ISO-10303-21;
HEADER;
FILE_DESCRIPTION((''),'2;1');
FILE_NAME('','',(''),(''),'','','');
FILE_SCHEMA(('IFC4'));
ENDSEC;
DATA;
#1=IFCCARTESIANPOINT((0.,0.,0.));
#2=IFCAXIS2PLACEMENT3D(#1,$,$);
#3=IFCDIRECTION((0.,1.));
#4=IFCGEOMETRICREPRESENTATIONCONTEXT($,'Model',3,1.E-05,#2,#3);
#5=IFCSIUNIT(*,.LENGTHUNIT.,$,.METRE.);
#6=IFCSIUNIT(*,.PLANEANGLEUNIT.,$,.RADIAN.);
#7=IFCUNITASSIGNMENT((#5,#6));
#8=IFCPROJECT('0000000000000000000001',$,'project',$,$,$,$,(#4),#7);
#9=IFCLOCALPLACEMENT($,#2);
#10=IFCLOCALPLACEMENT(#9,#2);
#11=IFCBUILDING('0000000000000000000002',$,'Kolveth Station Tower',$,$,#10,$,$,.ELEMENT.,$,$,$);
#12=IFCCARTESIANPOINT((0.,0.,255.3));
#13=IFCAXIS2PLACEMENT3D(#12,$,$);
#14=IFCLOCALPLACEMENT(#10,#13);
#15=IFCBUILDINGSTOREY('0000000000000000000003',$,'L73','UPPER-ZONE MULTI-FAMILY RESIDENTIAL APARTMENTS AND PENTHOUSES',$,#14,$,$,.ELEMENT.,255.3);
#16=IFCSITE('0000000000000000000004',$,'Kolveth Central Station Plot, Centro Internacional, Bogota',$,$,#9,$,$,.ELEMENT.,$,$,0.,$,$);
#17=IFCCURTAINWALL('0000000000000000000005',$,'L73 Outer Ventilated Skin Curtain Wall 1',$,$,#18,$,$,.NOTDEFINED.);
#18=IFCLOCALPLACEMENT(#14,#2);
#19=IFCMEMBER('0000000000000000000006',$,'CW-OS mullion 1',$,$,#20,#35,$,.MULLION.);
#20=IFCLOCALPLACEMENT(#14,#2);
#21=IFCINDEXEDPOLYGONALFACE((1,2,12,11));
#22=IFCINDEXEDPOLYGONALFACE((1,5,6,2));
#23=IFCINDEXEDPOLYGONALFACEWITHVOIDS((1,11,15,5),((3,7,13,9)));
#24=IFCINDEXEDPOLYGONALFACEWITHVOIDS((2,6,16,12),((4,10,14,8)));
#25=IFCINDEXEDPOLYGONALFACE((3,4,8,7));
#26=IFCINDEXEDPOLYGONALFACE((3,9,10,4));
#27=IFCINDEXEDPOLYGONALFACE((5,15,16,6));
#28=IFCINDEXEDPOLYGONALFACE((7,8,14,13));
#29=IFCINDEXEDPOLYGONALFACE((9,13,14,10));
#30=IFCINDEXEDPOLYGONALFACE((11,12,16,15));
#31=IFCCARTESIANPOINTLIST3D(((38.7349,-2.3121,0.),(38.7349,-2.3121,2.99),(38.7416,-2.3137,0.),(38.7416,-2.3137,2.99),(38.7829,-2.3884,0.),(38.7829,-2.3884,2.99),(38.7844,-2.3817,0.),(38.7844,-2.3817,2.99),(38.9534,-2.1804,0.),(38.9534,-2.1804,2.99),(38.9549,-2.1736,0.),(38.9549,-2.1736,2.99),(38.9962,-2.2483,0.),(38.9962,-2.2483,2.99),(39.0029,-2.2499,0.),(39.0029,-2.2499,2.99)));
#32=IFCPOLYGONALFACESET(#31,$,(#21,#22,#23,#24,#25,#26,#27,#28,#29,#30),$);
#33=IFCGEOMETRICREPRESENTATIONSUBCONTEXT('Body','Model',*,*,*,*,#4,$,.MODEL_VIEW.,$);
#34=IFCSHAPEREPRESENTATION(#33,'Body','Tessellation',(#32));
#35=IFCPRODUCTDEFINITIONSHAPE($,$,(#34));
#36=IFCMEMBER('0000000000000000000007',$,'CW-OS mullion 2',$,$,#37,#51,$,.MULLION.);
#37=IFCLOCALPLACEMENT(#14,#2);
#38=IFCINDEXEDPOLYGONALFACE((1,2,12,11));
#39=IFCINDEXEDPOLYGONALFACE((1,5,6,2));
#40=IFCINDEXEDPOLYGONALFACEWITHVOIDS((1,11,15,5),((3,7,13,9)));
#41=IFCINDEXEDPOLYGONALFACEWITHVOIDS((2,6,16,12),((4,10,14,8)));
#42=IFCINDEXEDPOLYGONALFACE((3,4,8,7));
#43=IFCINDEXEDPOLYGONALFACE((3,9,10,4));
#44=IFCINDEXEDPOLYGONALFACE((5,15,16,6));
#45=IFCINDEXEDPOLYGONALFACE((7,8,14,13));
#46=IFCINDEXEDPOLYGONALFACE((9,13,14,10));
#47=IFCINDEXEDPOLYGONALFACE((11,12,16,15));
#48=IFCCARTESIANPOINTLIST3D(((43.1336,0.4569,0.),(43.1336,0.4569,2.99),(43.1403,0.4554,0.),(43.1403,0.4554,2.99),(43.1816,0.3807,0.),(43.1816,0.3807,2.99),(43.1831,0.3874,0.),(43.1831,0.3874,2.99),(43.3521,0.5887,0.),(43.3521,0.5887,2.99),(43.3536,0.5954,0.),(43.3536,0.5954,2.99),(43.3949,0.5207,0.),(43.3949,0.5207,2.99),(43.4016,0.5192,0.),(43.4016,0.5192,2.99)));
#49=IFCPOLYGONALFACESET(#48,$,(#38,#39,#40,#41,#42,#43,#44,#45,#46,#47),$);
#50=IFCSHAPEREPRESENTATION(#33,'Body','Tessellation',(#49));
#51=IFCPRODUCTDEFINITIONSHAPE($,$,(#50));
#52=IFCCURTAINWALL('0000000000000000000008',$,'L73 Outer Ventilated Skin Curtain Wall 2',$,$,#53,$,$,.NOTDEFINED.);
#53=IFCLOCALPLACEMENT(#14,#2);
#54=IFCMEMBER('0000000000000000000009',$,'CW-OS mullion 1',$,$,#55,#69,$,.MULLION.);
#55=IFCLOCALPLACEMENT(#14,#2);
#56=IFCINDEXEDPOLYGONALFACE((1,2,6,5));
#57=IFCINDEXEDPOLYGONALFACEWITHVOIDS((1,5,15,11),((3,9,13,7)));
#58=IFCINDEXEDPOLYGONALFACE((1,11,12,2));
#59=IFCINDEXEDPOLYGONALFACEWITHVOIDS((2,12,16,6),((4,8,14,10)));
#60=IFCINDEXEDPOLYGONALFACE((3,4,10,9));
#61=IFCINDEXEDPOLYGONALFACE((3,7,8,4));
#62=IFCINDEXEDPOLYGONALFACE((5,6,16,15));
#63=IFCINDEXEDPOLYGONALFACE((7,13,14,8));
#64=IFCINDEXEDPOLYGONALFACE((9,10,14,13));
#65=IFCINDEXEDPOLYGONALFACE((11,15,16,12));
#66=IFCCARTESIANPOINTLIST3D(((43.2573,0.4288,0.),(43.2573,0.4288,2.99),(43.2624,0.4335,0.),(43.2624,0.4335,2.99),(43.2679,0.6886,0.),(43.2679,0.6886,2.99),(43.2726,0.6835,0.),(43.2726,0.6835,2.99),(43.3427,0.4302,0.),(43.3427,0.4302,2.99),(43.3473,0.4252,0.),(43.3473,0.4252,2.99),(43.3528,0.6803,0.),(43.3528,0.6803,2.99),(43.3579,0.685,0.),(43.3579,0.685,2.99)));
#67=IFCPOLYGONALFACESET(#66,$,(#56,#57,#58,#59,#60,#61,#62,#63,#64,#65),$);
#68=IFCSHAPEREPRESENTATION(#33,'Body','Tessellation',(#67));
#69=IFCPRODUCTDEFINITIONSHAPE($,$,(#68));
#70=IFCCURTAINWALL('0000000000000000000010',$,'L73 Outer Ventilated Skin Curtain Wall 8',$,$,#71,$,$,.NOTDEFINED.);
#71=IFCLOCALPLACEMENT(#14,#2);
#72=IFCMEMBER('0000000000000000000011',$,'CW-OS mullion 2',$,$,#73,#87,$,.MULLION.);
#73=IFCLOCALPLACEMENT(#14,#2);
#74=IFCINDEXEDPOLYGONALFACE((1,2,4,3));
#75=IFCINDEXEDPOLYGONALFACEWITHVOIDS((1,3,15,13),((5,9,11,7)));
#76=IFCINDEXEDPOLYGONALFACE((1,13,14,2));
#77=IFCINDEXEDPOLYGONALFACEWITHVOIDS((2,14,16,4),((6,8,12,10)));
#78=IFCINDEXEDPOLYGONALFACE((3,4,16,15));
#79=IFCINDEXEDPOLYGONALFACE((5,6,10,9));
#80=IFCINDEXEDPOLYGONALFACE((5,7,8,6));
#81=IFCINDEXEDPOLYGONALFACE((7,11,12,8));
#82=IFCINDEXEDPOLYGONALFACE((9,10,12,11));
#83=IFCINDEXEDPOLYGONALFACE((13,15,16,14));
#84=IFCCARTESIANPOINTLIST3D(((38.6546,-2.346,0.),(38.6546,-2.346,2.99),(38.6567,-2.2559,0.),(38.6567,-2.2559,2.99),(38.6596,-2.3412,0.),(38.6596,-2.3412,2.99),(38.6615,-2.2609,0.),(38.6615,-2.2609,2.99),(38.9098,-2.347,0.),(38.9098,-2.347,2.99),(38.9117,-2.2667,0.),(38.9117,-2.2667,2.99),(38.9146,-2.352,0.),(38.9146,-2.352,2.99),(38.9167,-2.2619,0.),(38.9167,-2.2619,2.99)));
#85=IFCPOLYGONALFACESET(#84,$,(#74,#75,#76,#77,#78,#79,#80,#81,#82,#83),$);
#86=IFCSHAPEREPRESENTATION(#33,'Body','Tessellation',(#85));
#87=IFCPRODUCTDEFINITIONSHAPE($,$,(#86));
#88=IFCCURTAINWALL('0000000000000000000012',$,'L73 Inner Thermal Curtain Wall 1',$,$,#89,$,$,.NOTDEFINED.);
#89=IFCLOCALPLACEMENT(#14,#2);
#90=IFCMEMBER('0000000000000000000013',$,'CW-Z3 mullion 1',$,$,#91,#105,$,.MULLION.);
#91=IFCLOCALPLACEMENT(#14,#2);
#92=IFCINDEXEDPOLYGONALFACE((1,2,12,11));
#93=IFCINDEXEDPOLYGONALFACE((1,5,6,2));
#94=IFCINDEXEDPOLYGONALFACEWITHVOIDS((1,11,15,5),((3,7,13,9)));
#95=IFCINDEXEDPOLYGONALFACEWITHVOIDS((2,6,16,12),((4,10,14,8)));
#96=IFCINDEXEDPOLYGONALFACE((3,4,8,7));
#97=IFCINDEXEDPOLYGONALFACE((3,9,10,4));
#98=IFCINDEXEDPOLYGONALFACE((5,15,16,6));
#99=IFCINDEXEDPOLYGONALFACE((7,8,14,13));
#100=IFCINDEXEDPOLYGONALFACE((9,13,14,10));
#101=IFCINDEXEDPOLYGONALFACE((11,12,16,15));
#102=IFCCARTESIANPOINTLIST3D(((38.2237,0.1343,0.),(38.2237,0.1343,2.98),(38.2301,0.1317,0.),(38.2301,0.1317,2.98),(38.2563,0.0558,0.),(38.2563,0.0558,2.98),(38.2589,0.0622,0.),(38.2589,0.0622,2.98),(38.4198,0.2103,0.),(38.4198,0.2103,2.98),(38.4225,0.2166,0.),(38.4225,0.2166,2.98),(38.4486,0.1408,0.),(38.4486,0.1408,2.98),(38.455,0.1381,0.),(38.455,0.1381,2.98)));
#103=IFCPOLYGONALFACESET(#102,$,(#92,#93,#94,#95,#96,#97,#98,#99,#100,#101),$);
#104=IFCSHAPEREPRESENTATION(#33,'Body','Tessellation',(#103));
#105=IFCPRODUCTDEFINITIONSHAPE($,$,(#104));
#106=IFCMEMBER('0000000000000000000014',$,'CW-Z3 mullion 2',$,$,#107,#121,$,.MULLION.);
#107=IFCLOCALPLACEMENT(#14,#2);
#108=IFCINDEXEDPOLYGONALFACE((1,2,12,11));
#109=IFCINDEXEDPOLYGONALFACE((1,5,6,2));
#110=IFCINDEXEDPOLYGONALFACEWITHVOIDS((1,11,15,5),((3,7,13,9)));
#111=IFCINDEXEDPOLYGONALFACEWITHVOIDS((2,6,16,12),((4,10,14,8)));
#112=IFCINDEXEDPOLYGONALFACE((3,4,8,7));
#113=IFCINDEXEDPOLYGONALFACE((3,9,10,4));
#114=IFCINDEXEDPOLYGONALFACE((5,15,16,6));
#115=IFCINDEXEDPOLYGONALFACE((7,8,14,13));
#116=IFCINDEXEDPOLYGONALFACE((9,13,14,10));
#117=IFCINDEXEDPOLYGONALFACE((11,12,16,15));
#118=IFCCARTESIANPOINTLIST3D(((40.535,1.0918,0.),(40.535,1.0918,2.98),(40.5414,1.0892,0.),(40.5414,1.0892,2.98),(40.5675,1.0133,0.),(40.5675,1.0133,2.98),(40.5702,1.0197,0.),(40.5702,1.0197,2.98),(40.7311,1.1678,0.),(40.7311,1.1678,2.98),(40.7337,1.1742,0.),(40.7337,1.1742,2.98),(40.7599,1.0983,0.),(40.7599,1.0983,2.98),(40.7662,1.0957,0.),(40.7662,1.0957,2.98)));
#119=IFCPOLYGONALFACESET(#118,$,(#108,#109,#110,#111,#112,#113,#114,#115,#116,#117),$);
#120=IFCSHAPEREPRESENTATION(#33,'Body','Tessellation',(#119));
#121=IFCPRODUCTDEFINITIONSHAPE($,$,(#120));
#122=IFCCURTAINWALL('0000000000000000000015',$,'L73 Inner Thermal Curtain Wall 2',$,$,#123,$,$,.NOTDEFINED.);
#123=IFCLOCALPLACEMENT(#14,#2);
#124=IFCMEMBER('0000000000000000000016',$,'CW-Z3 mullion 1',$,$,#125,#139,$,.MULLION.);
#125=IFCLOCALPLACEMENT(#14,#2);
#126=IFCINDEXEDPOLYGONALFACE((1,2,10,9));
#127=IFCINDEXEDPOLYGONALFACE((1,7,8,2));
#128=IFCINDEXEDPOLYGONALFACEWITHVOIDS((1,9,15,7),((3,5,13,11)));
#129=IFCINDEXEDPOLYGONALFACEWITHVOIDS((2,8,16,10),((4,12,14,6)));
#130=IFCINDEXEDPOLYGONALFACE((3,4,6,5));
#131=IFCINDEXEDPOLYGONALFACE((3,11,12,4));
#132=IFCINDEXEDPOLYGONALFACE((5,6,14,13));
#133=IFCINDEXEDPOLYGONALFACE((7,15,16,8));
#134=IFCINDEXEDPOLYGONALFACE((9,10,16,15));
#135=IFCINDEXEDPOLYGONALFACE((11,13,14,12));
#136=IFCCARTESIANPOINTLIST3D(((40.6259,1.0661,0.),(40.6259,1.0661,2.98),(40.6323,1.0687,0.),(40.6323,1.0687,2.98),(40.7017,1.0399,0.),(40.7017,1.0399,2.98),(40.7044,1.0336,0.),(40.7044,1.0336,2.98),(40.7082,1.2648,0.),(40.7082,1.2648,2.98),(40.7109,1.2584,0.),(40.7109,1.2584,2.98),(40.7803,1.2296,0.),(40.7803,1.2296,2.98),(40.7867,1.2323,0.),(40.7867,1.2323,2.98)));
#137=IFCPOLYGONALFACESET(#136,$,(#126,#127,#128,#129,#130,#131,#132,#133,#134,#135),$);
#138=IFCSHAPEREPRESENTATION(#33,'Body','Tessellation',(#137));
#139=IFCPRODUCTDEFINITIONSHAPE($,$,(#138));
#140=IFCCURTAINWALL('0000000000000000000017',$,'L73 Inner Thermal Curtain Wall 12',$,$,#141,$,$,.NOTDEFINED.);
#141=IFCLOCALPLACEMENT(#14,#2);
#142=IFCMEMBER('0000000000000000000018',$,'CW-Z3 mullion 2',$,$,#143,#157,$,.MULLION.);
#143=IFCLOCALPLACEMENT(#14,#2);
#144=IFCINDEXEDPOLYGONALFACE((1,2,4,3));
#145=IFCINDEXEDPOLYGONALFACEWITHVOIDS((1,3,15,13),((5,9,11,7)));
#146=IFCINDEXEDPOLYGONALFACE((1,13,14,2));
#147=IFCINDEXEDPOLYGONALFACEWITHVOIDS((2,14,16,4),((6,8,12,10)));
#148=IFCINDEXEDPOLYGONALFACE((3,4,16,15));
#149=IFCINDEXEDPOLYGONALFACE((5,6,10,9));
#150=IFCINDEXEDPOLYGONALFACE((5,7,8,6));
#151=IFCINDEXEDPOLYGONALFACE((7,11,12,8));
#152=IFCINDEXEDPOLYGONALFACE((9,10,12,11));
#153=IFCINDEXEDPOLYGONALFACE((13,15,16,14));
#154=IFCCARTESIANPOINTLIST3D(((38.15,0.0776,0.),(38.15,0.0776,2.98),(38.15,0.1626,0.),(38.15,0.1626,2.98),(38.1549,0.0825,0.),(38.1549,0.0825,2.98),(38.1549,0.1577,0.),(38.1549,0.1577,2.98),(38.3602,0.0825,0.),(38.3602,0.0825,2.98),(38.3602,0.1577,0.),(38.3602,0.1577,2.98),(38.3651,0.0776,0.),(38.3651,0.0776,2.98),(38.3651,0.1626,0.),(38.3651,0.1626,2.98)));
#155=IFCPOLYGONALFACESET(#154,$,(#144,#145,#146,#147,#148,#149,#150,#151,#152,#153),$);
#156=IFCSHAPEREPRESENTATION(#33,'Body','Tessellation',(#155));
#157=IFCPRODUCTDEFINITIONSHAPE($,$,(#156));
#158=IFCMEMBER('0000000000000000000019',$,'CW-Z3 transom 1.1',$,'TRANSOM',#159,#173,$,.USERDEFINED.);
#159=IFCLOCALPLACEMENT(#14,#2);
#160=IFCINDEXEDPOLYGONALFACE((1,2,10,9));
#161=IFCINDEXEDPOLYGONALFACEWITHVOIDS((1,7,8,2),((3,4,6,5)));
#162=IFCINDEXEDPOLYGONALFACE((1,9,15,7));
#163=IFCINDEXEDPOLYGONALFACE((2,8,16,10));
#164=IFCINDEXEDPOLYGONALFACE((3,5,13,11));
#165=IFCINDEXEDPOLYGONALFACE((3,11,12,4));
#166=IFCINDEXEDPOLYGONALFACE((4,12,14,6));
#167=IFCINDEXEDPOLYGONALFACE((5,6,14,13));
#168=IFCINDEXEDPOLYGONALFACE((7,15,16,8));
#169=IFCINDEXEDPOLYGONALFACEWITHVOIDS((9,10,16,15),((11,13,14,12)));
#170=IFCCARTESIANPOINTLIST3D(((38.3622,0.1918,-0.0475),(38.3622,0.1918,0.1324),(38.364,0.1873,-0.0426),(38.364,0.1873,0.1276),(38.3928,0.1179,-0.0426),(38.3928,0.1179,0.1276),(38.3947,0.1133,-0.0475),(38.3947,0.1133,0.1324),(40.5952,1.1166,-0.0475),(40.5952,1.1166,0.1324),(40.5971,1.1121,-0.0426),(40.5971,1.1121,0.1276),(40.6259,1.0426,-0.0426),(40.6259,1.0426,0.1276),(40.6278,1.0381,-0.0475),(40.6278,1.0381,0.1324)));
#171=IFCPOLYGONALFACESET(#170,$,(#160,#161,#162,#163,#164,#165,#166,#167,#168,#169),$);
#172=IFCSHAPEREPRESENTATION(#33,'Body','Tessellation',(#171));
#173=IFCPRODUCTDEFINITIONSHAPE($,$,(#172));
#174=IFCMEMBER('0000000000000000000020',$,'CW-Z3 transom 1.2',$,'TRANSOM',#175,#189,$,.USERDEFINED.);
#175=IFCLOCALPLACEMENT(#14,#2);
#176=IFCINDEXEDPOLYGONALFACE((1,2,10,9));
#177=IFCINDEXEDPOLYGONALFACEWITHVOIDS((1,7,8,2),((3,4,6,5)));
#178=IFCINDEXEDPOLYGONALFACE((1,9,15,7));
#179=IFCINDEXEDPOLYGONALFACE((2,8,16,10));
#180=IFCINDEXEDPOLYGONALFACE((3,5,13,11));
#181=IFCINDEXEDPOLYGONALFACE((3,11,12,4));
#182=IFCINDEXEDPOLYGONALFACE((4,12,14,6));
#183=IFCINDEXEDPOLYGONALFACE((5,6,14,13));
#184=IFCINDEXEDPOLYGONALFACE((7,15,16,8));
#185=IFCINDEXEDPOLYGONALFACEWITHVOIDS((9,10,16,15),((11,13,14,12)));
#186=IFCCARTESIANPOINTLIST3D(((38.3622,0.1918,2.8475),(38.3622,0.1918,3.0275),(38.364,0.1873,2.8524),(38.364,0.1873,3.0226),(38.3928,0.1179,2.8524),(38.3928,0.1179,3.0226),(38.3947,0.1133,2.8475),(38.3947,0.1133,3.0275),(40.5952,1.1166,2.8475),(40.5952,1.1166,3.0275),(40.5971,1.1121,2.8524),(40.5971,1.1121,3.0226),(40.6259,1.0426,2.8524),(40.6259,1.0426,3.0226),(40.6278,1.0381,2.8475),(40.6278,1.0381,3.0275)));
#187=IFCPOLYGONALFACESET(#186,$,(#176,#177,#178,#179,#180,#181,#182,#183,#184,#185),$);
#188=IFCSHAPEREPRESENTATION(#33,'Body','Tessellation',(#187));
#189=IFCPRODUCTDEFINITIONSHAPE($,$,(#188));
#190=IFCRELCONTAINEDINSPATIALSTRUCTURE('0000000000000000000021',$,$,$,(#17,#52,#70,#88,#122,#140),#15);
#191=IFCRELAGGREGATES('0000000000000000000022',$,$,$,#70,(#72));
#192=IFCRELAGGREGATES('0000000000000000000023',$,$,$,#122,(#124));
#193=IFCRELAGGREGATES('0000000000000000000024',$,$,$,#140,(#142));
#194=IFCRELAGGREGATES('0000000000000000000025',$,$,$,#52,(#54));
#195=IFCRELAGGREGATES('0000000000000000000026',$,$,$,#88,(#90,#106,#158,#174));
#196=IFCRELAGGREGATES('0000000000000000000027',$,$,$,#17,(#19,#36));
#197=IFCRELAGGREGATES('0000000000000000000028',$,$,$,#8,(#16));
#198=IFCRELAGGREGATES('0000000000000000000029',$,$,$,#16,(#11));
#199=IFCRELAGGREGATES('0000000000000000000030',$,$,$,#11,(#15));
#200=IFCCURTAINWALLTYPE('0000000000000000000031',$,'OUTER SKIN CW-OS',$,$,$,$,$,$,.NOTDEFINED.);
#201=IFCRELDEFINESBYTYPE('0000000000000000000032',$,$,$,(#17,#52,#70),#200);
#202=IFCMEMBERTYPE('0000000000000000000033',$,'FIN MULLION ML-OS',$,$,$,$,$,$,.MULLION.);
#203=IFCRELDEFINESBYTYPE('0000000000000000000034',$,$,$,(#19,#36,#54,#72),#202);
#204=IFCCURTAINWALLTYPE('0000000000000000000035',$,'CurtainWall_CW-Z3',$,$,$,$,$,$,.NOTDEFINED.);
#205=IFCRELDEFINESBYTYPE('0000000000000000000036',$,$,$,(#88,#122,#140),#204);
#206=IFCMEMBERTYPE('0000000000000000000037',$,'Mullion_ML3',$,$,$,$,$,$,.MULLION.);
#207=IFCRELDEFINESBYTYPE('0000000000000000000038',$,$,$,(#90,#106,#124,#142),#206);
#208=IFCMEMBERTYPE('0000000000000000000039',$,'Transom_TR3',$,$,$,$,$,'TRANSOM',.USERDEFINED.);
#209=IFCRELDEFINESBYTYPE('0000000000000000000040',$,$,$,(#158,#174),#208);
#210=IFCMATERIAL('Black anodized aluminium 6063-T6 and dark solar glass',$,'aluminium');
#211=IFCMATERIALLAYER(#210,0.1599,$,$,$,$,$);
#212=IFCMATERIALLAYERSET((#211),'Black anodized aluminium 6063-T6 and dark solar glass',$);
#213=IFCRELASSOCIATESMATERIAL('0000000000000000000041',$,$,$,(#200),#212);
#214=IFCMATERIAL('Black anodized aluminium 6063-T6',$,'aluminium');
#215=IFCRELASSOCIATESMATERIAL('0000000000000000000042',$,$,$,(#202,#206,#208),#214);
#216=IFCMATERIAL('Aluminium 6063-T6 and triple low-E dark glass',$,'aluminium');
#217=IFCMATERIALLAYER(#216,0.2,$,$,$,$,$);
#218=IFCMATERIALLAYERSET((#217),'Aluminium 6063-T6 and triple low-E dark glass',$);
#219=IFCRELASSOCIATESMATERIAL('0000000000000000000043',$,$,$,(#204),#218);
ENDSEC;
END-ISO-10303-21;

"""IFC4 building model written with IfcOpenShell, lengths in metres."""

from ifc_helpers import new_model, si_unit, direction, frame, origin, origin_2d, place, context, subcontext, project, spatial, hollow_rectangle, extrude, source, transform, mapped, material, layer, layer_set, material_profile, profile_set, type_object, element, aggregate, save


model = new_model("IFC4")

# Units and contexts
model_context = context("Model", 3, precision=1e-05, world=origin(), true_north=direction((0.0, 1.0)))
body_context = subcontext(model_context, "Body", "Model", "MODEL_VIEW")
ifc_project = project(units=[si_unit("LENGTHUNIT", "METRE"), si_unit("PLANEANGLEUNIT", "RADIAN")], contexts=[model_context])

# Site, building, storey
site_placement = place(None, origin())
site = spatial("IfcSite", under=ifc_project, at=site_placement, Name="Kolveth Central Station Plot, Centro Internacional, Bogota", CompositionType="ELEMENT", RefElevation=0.0)
building_placement = place(site_placement, origin())
building = spatial("IfcBuilding", under=site, at=building_placement, Name="Kolveth Station Tower", CompositionType="ELEMENT")
storey_placement = place(building_placement, frame((0.0, 0.0, 255.3)))
storey = spatial("IfcBuildingStorey", under=building, at=storey_placement, Name="L73", Description="UPPER-ZONE MULTI-FAMILY RESIDENTIAL APARTMENTS AND PENTHOUSES", CompositionType="ELEMENT", Elevation=255.3)

# Curtain wall, members
ifc_material_1 = material(Name="Black anodized aluminium 6063-T6 and dark solar glass", Category="aluminium")
ifc_layer_1 = layer(ifc_material_1, 0.1599)
ifc_layer_set_1 = layer_set([ifc_layer_1], Name="Black anodized aluminium 6063-T6 and dark solar glass")
curtain_wall_type_1 = type_object("IfcCurtainWallType", Name="OUTER SKIN CW-OS", PredefinedType="NOTDEFINED", material=ifc_layer_set_1)
curtain_wall_1_placement = place(storey_placement, origin())
curtain_wall_1 = element("IfcCurtainWall", 1, at=curtain_wall_1_placement, inside=storey, type_object=curtain_wall_type_1, Name="L73 Outer Ventilated Skin Curtain Wall 1", PredefinedType="NOTDEFINED")
ifc_material_2 = material(Name="Black anodized aluminium 6063-T6", Category="aluminium")
ifc_material_profile_1 = material_profile(ifc_material_2, hollow_rectangle(XDim=0.0901, YDim=0.26, WallThickness=0.0049, at=origin_2d()), Name="ALU-90x260x5")
ifc_profile_set_1 = profile_set([ifc_material_profile_1], Name="Black anodized aluminium 6063-T6")
member_type_1 = type_object("IfcMemberType", Name="FIN MULLION ML-OS", PredefinedType="MULLION", material=ifc_profile_set_1)
shared_shape_1 = source(origin(), body_context, "Body", "SweptSolid", [
    extrude(hollow_rectangle(XDim=0.0901, YDim=0.26, WallThickness=0.0049, at=origin_2d()), origin(), (0.0, 0.0, 1.0), 2.99),
])
member_1_placement = place(storey_placement, frame((38.8689, -2.281, 0.0), z_axis=(0.0, 0.0, 1.0), x_axis=(-0.532747, 0.846275, 0.0)))
member_1 = element("IfcMember", 2, at=member_1_placement, type_object=member_type_1, Name="CW-OS mullion 1", PredefinedType="MULLION", context=body_context, shape_type="MappedRepresentation", body=[
    mapped(shared_shape_1, transform((0.0, 0.0, 0.0), x_axis=(1.0, 0.0, 0.0), y_axis=(0.0, 1.0, 0.0), z_axis=(0.0, 0.0, 1.0), scale=1.0)),
])
member_2_placement = place(storey_placement, frame((43.2676, 0.488, 0.0), z_axis=(0.0, 0.0, 1.0), x_axis=(-0.532747, 0.846275, 0.0)))
member_2 = element("IfcMember", 3, at=member_2_placement, type_object=member_type_1, Name="CW-OS mullion 2", PredefinedType="MULLION", context=body_context, shape_type="MappedRepresentation", body=[
    mapped(shared_shape_1, transform((0.0, 0.0, 0.0), x_axis=(1.0, 0.0, 0.0), y_axis=(0.0, 1.0, 0.0), z_axis=(0.0, 0.0, 1.0), scale=1.0)),
])

# Curtain walls, members
curtain_wall_2_placement = place(storey_placement, origin())
curtain_wall_2 = element("IfcCurtainWall", 4, at=curtain_wall_2_placement, inside=storey, type_object=curtain_wall_type_1, Name="L73 Outer Ventilated Skin Curtain Wall 2", PredefinedType="NOTDEFINED")
member_3_placement = place(storey_placement, frame((43.3076, 0.5569, 0.0), z_axis=(0.0, 0.0, 1.0), x_axis=(-0.999175, 0.040618, 0.0)))
member_3 = element("IfcMember", 5, at=member_3_placement, type_object=member_type_1, Name="CW-OS mullion 1", PredefinedType="MULLION", context=body_context, shape_type="MappedRepresentation", body=[
    mapped(shared_shape_1, transform((0.0, 0.0, 0.0), x_axis=(1.0, 0.0, 0.0), y_axis=(0.0, 1.0, 0.0), z_axis=(0.0, 0.0, 1.0), scale=1.0)),
])
curtain_wall_3_placement = place(storey_placement, origin())
curtain_wall_3 = element("IfcCurtainWall", 6, at=curtain_wall_3_placement, inside=storey, type_object=curtain_wall_type_1, Name="L73 Outer Ventilated Skin Curtain Wall 8", PredefinedType="NOTDEFINED")
member_4_placement = place(storey_placement, frame((38.7856, -2.304, 0.0), z_axis=(0.0, 0.0, 1.0), x_axis=(0.023011, 0.999735, 0.0)))
member_4 = element("IfcMember", 7, at=member_4_placement, type_object=member_type_1, Name="CW-OS mullion 2", PredefinedType="MULLION", context=body_context, shape_type="MappedRepresentation", body=[
    mapped(shared_shape_1, transform((0.0, 0.0, 0.0), x_axis=(1.0, 0.0, 0.0), y_axis=(0.0, 1.0, 0.0), z_axis=(0.0, 0.0, 1.0), scale=1.0)),
])
aggregate(curtain_wall_3, [member_4])

# Curtain wall, members
ifc_material_3 = material(Name="Aluminium 6063-T6 and triple low-E dark glass", Category="aluminium")
ifc_layer_2 = layer(ifc_material_3, 0.2)
ifc_layer_set_2 = layer_set([ifc_layer_2], Name="Aluminium 6063-T6 and triple low-E dark glass")
curtain_wall_type_2 = type_object("IfcCurtainWallType", Name="CurtainWall_CW-Z3", PredefinedType="NOTDEFINED", material=ifc_layer_set_2)
curtain_wall_4_placement = place(storey_placement, origin())
curtain_wall_4 = element("IfcCurtainWall", 8, at=curtain_wall_4_placement, inside=storey, type_object=curtain_wall_type_2, Name="L73 Inner Thermal Curtain Wall 1", PredefinedType="NOTDEFINED")
ifc_material_profile_2 = material_profile(ifc_material_2, hollow_rectangle(XDim=0.085, YDim=0.2151, WallThickness=0.0049, at=origin_2d()), Name="ALU-85x215x5")
ifc_profile_set_2 = profile_set([ifc_material_profile_2], Name="Black anodized aluminium 6063-T6")
member_type_2 = type_object("IfcMemberType", Name="Mullion_ML3", PredefinedType="MULLION", material=ifc_profile_set_2)
shared_shape_2 = source(origin(), body_context, "Body", "SweptSolid", [
    extrude(hollow_rectangle(XDim=0.085, YDim=0.2151, WallThickness=0.0049, at=origin_2d()), origin(), (0.0, 0.0, 1.0), 2.98),
])
member_5_placement = place(storey_placement, frame((38.3394, 0.1362, 0.0), z_axis=(0.0, 0.0, 1.0), x_axis=(-0.382693, 0.923875, 0.0)))
member_5 = element("IfcMember", 9, at=member_5_placement, type_object=member_type_2, Name="CW-Z3 mullion 1", PredefinedType="MULLION", context=body_context, shape_type="MappedRepresentation", body=[
    mapped(shared_shape_2, transform((0.0, 0.0, 0.0), x_axis=(1.0, 0.0, 0.0), y_axis=(0.0, 1.0, 0.0), z_axis=(0.0, 0.0, 1.0), scale=1.0)),
])
member_6_placement = place(storey_placement, frame((40.6506, 1.0938, 0.0), z_axis=(0.0, 0.0, 1.0), x_axis=(-0.382693, 0.923875, 0.0)))
member_6 = element("IfcMember", 10, at=member_6_placement, type_object=member_type_2, Name="CW-Z3 mullion 2", PredefinedType="MULLION", context=body_context, shape_type="MappedRepresentation", body=[
    mapped(shared_shape_2, transform((0.0, 0.0, 0.0), x_axis=(1.0, 0.0, 0.0), y_axis=(0.0, 1.0, 0.0), z_axis=(0.0, 0.0, 1.0), scale=1.0)),
])

# Curtain walls, members
curtain_wall_5_placement = place(storey_placement, origin())
curtain_wall_5 = element("IfcCurtainWall", 11, at=curtain_wall_5_placement, inside=storey, type_object=curtain_wall_type_2, Name="L73 Inner Thermal Curtain Wall 2", PredefinedType="NOTDEFINED")
member_7_placement = place(storey_placement, frame((40.7063, 1.1492, 0.0), z_axis=(0.0, 0.0, 1.0), x_axis=(-0.923875, 0.382693, 0.0)))
member_7 = element("IfcMember", 12, at=member_7_placement, type_object=member_type_2, Name="CW-Z3 mullion 1", PredefinedType="MULLION", context=body_context, shape_type="MappedRepresentation", body=[
    mapped(shared_shape_2, transform((0.0, 0.0, 0.0), x_axis=(1.0, 0.0, 0.0), y_axis=(0.0, 1.0, 0.0), z_axis=(0.0, 0.0, 1.0), scale=1.0)),
])
aggregate(curtain_wall_5, [member_7])
curtain_wall_6_placement = place(storey_placement, origin())
curtain_wall_6 = element("IfcCurtainWall", 13, at=curtain_wall_6_placement, inside=storey, type_object=curtain_wall_type_2, Name="L73 Inner Thermal Curtain Wall 12", PredefinedType="NOTDEFINED")
member_8_placement = place(storey_placement, frame((38.2576, 0.1201, 0.0), z_axis=(0.0, 0.0, 1.0), x_axis=(0.0, 1.0, 0.0)))
member_8 = element("IfcMember", 14, at=member_8_placement, type_object=member_type_2, Name="CW-Z3 mullion 2", PredefinedType="MULLION", context=body_context, shape_type="MappedRepresentation", body=[
    mapped(shared_shape_2, transform((0.0, 0.0, 0.0), x_axis=(1.0, 0.0, 0.0), y_axis=(0.0, 1.0, 0.0), z_axis=(0.0, 0.0, 1.0), scale=1.0)),
])
aggregate(curtain_wall_6, [member_8])

# Members
ifc_material_profile_3 = material_profile(ifc_material_2, hollow_rectangle(XDim=0.085, YDim=0.1799, WallThickness=0.0049, at=origin_2d()), Name="ALU-85x180x5")
ifc_profile_set_3 = profile_set([ifc_material_profile_3], Name="Black anodized aluminium 6063-T6")
member_type_3 = type_object("IfcMemberType", Name="Transom_TR3", ElementType="TRANSOM", PredefinedType="USERDEFINED", material=ifc_profile_set_3)
shared_shape_3 = source(origin(), body_context, "Body", "SweptSolid", [
    extrude(hollow_rectangle(XDim=0.085, YDim=0.1799, WallThickness=0.0049, at=origin_2d()), origin(), (0.0, 0.0, 1.0), 2.417),
])
member_9_placement = place(storey_placement, frame((38.3784, 0.1526, 0.0425), z_axis=(0.923909, 0.382613, 0.0), x_axis=(-0.382613, 0.923909, 0.0)))
member_9 = element("IfcMember", 15, at=member_9_placement, type_object=member_type_3, Name="CW-Z3 transom 1.1", ObjectType="TRANSOM", PredefinedType="USERDEFINED", context=body_context, shape_type="MappedRepresentation", body=[
    mapped(shared_shape_3, transform((0.0, 0.0, 0.0), x_axis=(1.0, 0.0, 0.0), y_axis=(0.0, 1.0, 0.0), z_axis=(0.0, 0.0, 1.0), scale=1.0)),
])
member_10_placement = place(storey_placement, frame((38.3784, 0.1526, 2.9375), z_axis=(0.923909, 0.382613, 0.0), x_axis=(-0.382613, 0.923909, 0.0)))
member_10 = element("IfcMember", 16, at=member_10_placement, type_object=member_type_3, Name="CW-Z3 transom 1.2", ObjectType="TRANSOM", PredefinedType="USERDEFINED", context=body_context, shape_type="MappedRepresentation", body=[
    mapped(shared_shape_3, transform((0.0, 0.0, 0.0), x_axis=(1.0, 0.0, 0.0), y_axis=(0.0, 1.0, 0.0), z_axis=(0.0, 0.0, 1.0), scale=1.0)),
])
aggregate(curtain_wall_2, [member_3])

aggregate(curtain_wall_4, [member_5, member_6, member_9, member_10])
aggregate(curtain_wall_1, [member_1, member_2])

save(model, "model.ifc")
